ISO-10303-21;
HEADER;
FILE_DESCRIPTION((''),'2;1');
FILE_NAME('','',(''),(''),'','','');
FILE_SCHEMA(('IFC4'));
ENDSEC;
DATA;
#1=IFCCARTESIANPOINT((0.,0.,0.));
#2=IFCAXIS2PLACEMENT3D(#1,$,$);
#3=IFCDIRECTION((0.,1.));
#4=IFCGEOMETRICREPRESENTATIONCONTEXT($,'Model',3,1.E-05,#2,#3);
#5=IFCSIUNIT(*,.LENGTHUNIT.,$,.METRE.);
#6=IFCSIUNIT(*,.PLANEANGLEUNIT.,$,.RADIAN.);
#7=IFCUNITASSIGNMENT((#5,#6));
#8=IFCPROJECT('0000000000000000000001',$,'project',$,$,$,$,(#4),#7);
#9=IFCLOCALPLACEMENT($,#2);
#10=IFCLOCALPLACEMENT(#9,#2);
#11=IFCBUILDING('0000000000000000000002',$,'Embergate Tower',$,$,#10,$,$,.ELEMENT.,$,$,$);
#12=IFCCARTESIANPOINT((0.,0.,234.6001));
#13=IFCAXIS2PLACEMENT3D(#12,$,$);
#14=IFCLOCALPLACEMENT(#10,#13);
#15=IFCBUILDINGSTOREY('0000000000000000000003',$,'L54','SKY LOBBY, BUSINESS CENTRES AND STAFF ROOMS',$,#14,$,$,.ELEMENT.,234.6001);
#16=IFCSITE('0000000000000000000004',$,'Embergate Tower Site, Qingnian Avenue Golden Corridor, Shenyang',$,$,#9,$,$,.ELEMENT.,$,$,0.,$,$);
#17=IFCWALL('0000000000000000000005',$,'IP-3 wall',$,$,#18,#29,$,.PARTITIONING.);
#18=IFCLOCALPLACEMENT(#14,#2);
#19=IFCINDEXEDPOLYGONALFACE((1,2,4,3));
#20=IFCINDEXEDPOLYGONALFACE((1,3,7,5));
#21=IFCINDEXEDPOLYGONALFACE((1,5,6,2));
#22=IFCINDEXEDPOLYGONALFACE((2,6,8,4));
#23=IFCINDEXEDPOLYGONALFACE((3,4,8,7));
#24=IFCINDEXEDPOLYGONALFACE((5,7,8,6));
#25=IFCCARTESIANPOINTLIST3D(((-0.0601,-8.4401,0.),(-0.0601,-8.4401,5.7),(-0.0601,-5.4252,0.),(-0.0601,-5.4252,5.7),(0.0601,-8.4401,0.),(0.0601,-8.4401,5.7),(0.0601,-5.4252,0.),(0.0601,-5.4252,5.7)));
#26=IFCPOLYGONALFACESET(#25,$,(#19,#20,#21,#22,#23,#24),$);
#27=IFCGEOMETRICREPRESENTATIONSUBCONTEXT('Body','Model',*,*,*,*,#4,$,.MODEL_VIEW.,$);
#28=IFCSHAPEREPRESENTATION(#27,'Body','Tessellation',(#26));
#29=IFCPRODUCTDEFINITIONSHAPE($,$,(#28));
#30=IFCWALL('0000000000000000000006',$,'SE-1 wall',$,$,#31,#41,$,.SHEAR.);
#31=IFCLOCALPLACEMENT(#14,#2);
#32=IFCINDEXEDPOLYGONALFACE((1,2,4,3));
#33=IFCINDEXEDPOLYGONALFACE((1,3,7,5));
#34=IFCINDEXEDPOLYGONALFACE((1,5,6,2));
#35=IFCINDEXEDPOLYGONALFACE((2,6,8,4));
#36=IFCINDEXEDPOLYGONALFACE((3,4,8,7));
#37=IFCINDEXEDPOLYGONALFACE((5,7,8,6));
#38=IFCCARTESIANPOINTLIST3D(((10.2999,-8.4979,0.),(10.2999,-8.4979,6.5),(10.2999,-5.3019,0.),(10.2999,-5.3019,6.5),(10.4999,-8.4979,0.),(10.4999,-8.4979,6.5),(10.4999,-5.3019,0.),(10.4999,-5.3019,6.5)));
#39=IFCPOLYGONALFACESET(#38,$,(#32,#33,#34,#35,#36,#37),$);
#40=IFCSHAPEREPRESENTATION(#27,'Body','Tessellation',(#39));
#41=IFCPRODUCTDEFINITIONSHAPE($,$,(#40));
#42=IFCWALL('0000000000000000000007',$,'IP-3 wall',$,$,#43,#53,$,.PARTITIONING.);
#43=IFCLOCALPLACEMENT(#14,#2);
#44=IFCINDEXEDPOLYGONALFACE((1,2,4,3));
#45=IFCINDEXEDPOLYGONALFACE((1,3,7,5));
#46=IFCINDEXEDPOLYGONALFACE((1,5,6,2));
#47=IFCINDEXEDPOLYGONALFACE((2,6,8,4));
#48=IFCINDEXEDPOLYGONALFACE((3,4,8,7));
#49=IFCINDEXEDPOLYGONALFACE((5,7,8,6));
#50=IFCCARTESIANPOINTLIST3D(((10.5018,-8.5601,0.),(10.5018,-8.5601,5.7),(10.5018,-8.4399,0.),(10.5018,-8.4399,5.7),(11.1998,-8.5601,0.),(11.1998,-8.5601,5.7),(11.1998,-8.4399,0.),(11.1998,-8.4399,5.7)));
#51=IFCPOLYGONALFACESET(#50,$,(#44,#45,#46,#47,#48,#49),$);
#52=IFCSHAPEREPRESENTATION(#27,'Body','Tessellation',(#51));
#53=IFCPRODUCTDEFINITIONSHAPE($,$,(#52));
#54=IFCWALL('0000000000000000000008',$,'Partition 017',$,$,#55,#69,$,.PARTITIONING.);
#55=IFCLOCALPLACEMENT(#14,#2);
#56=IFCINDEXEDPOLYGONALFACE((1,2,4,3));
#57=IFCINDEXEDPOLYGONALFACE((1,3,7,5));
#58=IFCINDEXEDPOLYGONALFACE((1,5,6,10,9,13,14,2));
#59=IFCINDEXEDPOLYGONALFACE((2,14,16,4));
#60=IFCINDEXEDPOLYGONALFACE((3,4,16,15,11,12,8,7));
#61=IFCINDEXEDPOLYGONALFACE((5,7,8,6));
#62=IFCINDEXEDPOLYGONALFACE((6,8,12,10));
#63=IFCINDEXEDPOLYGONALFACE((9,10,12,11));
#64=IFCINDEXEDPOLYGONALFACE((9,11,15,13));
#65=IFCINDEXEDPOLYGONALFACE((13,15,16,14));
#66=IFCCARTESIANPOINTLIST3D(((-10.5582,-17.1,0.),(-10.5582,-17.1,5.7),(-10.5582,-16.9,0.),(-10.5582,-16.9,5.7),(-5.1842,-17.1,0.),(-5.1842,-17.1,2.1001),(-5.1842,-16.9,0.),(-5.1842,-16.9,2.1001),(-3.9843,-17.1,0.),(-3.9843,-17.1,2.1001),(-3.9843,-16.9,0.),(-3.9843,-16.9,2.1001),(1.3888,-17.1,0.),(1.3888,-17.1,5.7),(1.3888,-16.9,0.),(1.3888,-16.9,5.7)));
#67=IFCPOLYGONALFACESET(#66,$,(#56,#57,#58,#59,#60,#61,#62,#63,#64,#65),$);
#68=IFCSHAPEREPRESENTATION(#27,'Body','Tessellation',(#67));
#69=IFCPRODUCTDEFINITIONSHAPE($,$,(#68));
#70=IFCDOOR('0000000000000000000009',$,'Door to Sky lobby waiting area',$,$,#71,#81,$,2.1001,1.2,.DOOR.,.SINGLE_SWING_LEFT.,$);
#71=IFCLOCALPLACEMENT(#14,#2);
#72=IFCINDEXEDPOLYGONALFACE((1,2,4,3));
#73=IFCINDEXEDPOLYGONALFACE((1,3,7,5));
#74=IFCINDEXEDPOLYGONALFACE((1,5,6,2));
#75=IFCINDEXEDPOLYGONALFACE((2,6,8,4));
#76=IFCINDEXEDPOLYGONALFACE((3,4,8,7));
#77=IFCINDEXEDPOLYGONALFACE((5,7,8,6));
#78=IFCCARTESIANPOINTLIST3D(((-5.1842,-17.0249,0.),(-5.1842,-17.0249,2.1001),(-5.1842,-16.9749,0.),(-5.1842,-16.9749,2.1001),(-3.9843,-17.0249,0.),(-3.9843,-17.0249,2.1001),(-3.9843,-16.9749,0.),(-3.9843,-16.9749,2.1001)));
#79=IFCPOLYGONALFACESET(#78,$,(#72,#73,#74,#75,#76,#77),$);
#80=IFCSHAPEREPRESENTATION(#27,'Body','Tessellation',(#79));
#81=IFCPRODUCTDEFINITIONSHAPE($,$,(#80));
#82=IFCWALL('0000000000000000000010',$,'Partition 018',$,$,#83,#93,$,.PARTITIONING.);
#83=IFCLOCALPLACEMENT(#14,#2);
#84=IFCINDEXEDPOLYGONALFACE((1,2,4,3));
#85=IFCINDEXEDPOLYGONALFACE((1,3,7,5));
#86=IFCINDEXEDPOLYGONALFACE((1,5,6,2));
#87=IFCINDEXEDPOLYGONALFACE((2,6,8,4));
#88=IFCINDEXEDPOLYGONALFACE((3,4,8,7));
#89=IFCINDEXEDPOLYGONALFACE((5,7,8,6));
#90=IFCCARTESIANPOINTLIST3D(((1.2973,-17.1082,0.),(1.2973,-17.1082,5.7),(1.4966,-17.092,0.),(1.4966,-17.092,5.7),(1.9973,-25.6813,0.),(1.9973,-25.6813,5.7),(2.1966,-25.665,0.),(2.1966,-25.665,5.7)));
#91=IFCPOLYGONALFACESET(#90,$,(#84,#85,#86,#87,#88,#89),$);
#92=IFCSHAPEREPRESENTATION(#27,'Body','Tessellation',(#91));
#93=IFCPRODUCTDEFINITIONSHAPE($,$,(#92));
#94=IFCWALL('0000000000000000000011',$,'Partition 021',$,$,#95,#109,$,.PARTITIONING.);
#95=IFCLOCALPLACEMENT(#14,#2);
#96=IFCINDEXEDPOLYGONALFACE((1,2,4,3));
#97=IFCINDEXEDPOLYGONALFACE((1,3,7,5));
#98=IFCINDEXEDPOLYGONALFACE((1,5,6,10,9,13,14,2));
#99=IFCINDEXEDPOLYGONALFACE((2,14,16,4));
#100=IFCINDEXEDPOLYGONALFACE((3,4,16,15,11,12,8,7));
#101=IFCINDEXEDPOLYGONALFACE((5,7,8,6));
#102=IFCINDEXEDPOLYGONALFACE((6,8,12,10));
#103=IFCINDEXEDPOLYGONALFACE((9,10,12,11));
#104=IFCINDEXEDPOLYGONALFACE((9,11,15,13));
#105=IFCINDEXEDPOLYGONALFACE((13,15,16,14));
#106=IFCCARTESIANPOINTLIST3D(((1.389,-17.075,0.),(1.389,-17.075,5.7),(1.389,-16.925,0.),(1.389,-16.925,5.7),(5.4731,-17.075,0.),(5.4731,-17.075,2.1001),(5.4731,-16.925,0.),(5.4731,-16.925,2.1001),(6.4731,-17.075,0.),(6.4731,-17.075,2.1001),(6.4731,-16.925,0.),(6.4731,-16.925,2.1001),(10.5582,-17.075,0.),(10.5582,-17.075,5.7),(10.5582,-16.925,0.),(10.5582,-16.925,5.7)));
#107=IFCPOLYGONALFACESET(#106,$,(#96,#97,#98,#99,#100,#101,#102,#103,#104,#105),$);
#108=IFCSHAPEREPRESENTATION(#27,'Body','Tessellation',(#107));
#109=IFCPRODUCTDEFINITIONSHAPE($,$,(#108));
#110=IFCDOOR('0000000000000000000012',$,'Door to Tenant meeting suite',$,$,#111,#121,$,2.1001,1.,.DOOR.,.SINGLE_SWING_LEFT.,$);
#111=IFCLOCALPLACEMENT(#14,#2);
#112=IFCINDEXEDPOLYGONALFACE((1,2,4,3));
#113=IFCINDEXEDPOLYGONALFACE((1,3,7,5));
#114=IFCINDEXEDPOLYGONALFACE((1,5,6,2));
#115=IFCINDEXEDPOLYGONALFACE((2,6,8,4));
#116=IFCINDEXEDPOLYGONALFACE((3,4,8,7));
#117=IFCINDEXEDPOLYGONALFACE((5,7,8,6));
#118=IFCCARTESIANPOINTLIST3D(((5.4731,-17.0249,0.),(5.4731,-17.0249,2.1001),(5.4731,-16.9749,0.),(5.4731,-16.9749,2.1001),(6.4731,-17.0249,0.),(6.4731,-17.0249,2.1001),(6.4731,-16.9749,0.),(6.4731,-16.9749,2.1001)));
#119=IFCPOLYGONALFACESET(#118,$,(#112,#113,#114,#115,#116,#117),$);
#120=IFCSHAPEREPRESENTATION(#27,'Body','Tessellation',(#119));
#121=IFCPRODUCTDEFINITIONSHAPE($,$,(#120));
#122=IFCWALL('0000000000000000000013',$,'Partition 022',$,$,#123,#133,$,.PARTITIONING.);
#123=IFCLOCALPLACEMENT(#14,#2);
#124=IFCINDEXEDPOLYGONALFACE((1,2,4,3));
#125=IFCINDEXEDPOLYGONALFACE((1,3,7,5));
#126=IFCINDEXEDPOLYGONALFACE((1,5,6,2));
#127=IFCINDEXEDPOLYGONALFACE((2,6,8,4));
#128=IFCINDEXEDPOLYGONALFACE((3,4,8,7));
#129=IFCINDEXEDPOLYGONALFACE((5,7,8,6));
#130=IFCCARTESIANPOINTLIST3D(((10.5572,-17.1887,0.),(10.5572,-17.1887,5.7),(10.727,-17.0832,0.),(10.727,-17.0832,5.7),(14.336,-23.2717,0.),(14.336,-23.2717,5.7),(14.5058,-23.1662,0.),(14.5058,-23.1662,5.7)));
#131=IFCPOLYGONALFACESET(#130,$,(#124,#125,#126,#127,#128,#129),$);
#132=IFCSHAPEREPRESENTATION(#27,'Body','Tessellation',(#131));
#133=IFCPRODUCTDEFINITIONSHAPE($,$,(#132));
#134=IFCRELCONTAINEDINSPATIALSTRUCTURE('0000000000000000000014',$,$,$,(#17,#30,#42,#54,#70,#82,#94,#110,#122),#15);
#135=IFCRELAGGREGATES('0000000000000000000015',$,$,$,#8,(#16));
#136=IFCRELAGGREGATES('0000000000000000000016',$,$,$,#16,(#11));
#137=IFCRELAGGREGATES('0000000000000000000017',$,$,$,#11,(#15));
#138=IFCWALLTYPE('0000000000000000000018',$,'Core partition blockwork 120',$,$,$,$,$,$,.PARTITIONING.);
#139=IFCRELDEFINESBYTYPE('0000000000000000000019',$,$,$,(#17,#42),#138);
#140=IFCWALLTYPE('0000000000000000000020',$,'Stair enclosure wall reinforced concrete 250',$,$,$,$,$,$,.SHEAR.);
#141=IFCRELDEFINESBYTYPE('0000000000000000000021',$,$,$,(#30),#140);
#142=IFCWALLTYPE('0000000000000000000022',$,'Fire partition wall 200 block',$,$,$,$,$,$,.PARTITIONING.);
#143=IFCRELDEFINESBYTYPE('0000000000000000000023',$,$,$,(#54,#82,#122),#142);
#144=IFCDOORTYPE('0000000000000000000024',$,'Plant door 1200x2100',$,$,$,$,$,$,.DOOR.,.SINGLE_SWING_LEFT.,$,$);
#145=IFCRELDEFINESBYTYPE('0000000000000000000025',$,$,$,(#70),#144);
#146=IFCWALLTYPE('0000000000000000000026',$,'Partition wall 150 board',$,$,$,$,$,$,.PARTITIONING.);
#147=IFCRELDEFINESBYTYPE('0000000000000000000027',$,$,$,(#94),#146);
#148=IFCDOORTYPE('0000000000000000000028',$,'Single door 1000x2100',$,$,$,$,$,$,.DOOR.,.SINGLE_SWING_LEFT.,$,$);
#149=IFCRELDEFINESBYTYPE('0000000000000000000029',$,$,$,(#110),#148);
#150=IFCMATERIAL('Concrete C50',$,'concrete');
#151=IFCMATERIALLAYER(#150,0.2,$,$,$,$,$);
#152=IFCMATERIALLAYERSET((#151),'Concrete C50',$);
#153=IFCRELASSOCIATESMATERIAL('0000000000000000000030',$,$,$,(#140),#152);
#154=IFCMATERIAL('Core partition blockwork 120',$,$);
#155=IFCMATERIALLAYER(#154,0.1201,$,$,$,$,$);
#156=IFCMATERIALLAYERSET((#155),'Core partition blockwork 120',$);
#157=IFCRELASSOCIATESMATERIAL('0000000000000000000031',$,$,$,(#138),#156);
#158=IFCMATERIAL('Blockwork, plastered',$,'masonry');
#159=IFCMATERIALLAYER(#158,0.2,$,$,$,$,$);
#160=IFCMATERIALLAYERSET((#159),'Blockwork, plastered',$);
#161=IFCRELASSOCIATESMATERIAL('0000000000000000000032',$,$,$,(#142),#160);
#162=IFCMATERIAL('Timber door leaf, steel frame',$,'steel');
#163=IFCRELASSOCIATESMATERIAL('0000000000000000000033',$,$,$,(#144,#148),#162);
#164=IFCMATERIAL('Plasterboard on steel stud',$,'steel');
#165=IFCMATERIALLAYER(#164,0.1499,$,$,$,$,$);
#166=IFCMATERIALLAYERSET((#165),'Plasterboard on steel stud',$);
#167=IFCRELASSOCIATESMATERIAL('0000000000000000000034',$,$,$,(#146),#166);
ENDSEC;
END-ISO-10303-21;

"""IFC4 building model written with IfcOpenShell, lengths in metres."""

from ifc_helpers import new_model, si_unit, direction, frame, frame_2d, origin, place, context, subcontext, project, spatial, rectangle, extrude, source, transform, mapped, material, layer, layer_set, type_object, element, fill, save


model = new_model("IFC4")

# Units and contexts
model_context = context("Model", 3, precision=1e-05, world=origin(), true_north=direction((0.0, 1.0)))
body_context = subcontext(model_context, "Body", "Model", "MODEL_VIEW")
ifc_project = project(units=[si_unit("LENGTHUNIT", "METRE"), si_unit("PLANEANGLEUNIT", "RADIAN")], contexts=[model_context])

# Site, building, storey
site_placement = place(None, origin())
site = spatial("IfcSite", under=ifc_project, at=site_placement, Name="Embergate Tower Site, Qingnian Avenue Golden Corridor, Shenyang", CompositionType="ELEMENT", RefElevation=0.0)
building_placement = place(site_placement, origin())
building = spatial("IfcBuilding", under=site, at=building_placement, Name="Embergate Tower", CompositionType="ELEMENT")
storey_placement = place(building_placement, frame((0.0, 0.0, 234.6001)))
storey = spatial("IfcBuildingStorey", under=building, at=storey_placement, Name="L54", Description="SKY LOBBY, BUSINESS CENTRES AND STAFF ROOMS", CompositionType="ELEMENT", Elevation=234.6001)

# Walls
ifc_material_1 = material(Name="Concrete C50", Category="concrete")
ifc_layer_1 = layer(ifc_material_1, 0.2)
ifc_layer_set_1 = layer_set([ifc_layer_1], Name="Concrete C50")
wall_type_1 = type_object("IfcWallType", Name="Stair enclosure wall reinforced concrete 250", PredefinedType="SHEAR", material=ifc_layer_set_1)
ifc_material_2 = material(Name="Core partition blockwork 120")
ifc_layer_2 = layer(ifc_material_2, 0.1201)
ifc_layer_set_2 = layer_set([ifc_layer_2], Name="Core partition blockwork 120")
wall_type_2 = type_object("IfcWallType", Name="Core partition blockwork 120", PredefinedType="PARTITIONING", material=ifc_layer_set_2)
shared_shape_1 = source(origin(), body_context, "Body", "SweptSolid", [
    extrude(rectangle(XDim=3.0149, YDim=0.1201, at=frame_2d((1.5073, 0.0))), origin(), (0.0, 0.0, 1.0), 5.7),
])
wall_1_placement = place(storey_placement, frame((0.0, -8.4399, 0.0), z_axis=(0.0, 0.0, 1.0), x_axis=(0.0, 1.0, 0.0)))
element("IfcWall", 1, at=wall_1_placement, inside=storey, type_object=wall_type_2, Name="IP-3 wall", PredefinedType="PARTITIONING", context=body_context, shape_type="MappedRepresentation", body=[
    mapped(shared_shape_1, transform((0.0, 0.0, 0.0))),
])
shared_shape_2 = source(origin(), body_context, "Body", "SweptSolid", [
    extrude(rectangle(XDim=3.196, YDim=0.2, at=frame_2d((1.5981, 0.0))), origin(), (0.0, 0.0, 1.0), 6.5),
])
wall_2_placement = place(storey_placement, frame((10.3999, -8.498, 0.0), z_axis=(0.0, 0.0, 1.0), x_axis=(0.0, 1.0, 0.0)))
element("IfcWall", 2, at=wall_2_placement, inside=storey, type_object=wall_type_1, Name="SE-1 wall", PredefinedType="SHEAR", context=body_context, shape_type="MappedRepresentation", body=[
    mapped(shared_shape_2, transform((0.0, 0.0, 0.0))),
])
shared_shape_3 = source(origin(), body_context, "Body", "SweptSolid", [
    extrude(rectangle(XDim=0.698, YDim=0.1201, at=frame_2d((0.3491, 0.0))), origin(), (0.0, 0.0, 1.0), 5.7),
])
wall_3_placement = place(storey_placement, frame((11.2, -8.5, 0.0), z_axis=(0.0, 0.0, 1.0), x_axis=(-1.0, 0.0, 0.0)))
element("IfcWall", 3, at=wall_3_placement, inside=storey, type_object=wall_type_2, Name="IP-3 wall", PredefinedType="PARTITIONING", context=body_context, shape_type="MappedRepresentation", body=[
    mapped(shared_shape_3, transform((0.0, 0.0, 0.0))),
])

# Wall, opening, door
ifc_material_3 = material(Name="Blockwork, plastered", Category="masonry")
ifc_layer_3 = layer(ifc_material_3, 0.2)
ifc_layer_set_3 = layer_set([ifc_layer_3], Name="Blockwork, plastered")
wall_type_3 = type_object("IfcWallType", Name="Fire partition wall 200 block", PredefinedType="PARTITIONING", material=ifc_layer_set_3)
shared_shape_4 = source(origin(), body_context, "Body", "SweptSolid", [
    extrude(rectangle(XDim=11.947, YDim=0.2, at=frame_2d((5.9736, 0.0))), origin(), (0.0, 0.0, 1.0), 5.7),
])
wall_4_placement = place(storey_placement, frame((1.3889, -17.0, 0.0), z_axis=(0.0, 0.0, 1.0), x_axis=(-1.0, 0.0, 0.0)))
wall_4 = element("IfcWall", 4, at=wall_4_placement, inside=storey, type_object=wall_type_3, Name="Partition 017", PredefinedType="PARTITIONING", context=body_context, shape_type="MappedRepresentation", body=[
    mapped(shared_shape_4, transform((0.0, 0.0, 0.0))),
])
shared_shape_5 = source(origin(), body_context, "Body", "SweptSolid", [
    extrude(rectangle(XDim=1.2, YDim=2.1001, at=frame_2d((0.6001, 1.05))), frame((0.0, 0.1099, 0.0), z_axis=(0.0, -1.0, 0.0), x_axis=(1.0, 0.0, 0.0)), (0.0, 0.0, 1.0), 0.22),
])
opening_1_placement = place(wall_4_placement, frame((5.373, 0.0, 0.0)))
opening_1 = element("IfcOpeningElement", 5, at=opening_1_placement, cuts=wall_4, PredefinedType="OPENING", context=body_context, shape_type="MappedRepresentation", body=[
    mapped(shared_shape_5, transform((0.0, 0.0, 0.0))),
])
ifc_material_4 = material(Name="Timber door leaf, steel frame", Category="steel")
door_type_1 = type_object("IfcDoorType", Name="Plant door 1200x2100", OperationType="SINGLE_SWING_LEFT", PredefinedType="DOOR", material=ifc_material_4)
shared_shape_6 = source(origin(), body_context, "Body", "SweptSolid", [
    extrude(rectangle(XDim=1.2, YDim=2.1001, at=frame_2d((0.6001, 1.05))), frame((0.0, 0.0249, 0.0), z_axis=(0.0, -1.0, 0.0), x_axis=(1.0, 0.0, 0.0)), (0.0, 0.0, 1.0), 0.05),
])
door_1_placement = place(opening_1_placement, origin())
door_1 = element("IfcDoor", 6, at=door_1_placement, inside=storey, type_object=door_type_1, Name="Door to Sky lobby waiting area", OperationType="SINGLE_SWING_LEFT", OverallHeight=2.1001, OverallWidth=1.2, PredefinedType="DOOR", context=body_context, shape_type="MappedRepresentation", body=[
    mapped(shared_shape_6, transform((0.0, 0.0, 0.0))),
])
fill(opening_1, door_1)

# Wall
shared_shape_7 = source(origin(), body_context, "Body", "SweptSolid", [
    extrude(rectangle(XDim=8.6016, YDim=0.2, at=frame_2d((4.3008, 0.0))), origin(), (0.0, 0.0, 1.0), 5.7),
])
wall_5_placement = place(storey_placement, frame((1.397, -17.1001, 0.0), z_axis=(0.0, 0.0, 1.0), x_axis=(0.081375, -0.996684, 0.0)))
element("IfcWall", 7, at=wall_5_placement, inside=storey, type_object=wall_type_3, Name="Partition 018", PredefinedType="PARTITIONING", context=body_context, shape_type="MappedRepresentation", body=[
    mapped(shared_shape_7, transform((0.0, 0.0, 0.0))),
])

# Wall, opening, door
ifc_material_5 = material(Name="Plasterboard on steel stud", Category="steel")
ifc_layer_4 = layer(ifc_material_5, 0.1499)
ifc_layer_set_4 = layer_set([ifc_layer_4], Name="Plasterboard on steel stud")
wall_type_4 = type_object("IfcWallType", Name="Partition wall 150 board", PredefinedType="PARTITIONING", material=ifc_layer_set_4)
shared_shape_8 = source(origin(), body_context, "Body", "SweptSolid", [
    extrude(rectangle(XDim=9.1692, YDim=0.1499, at=frame_2d((4.5845, 0.0))), origin(), (0.0, 0.0, 1.0), 5.7),
])
wall_6_placement = place(storey_placement, frame((10.5581, -17.0, 0.0), z_axis=(0.0, 0.0, 1.0), x_axis=(-1.0, 0.0, 0.0)))
wall_6 = element("IfcWall", 8, at=wall_6_placement, inside=storey, type_object=wall_type_4, Name="Partition 021", PredefinedType="PARTITIONING", context=body_context, shape_type="MappedRepresentation", body=[
    mapped(shared_shape_8, transform((0.0, 0.0, 0.0))),
])
shared_shape_9 = source(origin(), body_context, "Body", "SweptSolid", [
    extrude(rectangle(XDim=1.0, YDim=2.1001, at=frame_2d((0.5, 1.05))), frame((0.0, 0.085, 0.0), z_axis=(0.0, -1.0, 0.0), x_axis=(1.0, 0.0, 0.0)), (0.0, 0.0, 1.0), 0.1699),
])
opening_2_placement = place(wall_6_placement, frame((4.085, 0.0, 0.0)))
opening_2 = element("IfcOpeningElement", 9, at=opening_2_placement, cuts=wall_6, PredefinedType="OPENING", context=body_context, shape_type="MappedRepresentation", body=[
    mapped(shared_shape_9, transform((0.0, 0.0, 0.0))),
])
door_type_2 = type_object("IfcDoorType", Name="Single door 1000x2100", OperationType="SINGLE_SWING_LEFT", PredefinedType="DOOR", material=ifc_material_4)
shared_shape_10 = source(origin(), body_context, "Body", "SweptSolid", [
    extrude(rectangle(XDim=1.0, YDim=2.1001, at=frame_2d((0.5, 1.05))), frame((0.0, 0.0249, 0.0), z_axis=(0.0, -1.0, 0.0), x_axis=(1.0, 0.0, 0.0)), (0.0, 0.0, 1.0), 0.05),
])
door_2_placement = place(opening_2_placement, origin())
door_2 = element("IfcDoor", 10, at=door_2_placement, inside=storey, type_object=door_type_2, Name="Door to Tenant meeting suite", OperationType="SINGLE_SWING_LEFT", OverallHeight=2.1001, OverallWidth=1.0, PredefinedType="DOOR", context=body_context, shape_type="MappedRepresentation", body=[
    mapped(shared_shape_10, transform((0.0, 0.0, 0.0))),
])
fill(opening_2, door_2)

# Wall
shared_shape_11 = source(origin(), body_context, "Body", "SweptSolid", [
    extrude(rectangle(XDim=7.1611, YDim=0.2, at=frame_2d((3.5806, 0.0))), origin(), (0.0, 0.0, 1.0), 5.7),
])
wall_7_placement = place(storey_placement, frame((10.6421, -17.136, 0.0), z_axis=(0.0, 0.0, 1.0), x_axis=(0.52768, -0.849443, 0.0)))
element("IfcWall", 11, at=wall_7_placement, inside=storey, type_object=wall_type_3, Name="Partition 022", PredefinedType="PARTITIONING", context=body_context, shape_type="MappedRepresentation", body=[
    mapped(shared_shape_11, transform((0.0, 0.0, 0.0))),
])

save(model, "model.ifc")
